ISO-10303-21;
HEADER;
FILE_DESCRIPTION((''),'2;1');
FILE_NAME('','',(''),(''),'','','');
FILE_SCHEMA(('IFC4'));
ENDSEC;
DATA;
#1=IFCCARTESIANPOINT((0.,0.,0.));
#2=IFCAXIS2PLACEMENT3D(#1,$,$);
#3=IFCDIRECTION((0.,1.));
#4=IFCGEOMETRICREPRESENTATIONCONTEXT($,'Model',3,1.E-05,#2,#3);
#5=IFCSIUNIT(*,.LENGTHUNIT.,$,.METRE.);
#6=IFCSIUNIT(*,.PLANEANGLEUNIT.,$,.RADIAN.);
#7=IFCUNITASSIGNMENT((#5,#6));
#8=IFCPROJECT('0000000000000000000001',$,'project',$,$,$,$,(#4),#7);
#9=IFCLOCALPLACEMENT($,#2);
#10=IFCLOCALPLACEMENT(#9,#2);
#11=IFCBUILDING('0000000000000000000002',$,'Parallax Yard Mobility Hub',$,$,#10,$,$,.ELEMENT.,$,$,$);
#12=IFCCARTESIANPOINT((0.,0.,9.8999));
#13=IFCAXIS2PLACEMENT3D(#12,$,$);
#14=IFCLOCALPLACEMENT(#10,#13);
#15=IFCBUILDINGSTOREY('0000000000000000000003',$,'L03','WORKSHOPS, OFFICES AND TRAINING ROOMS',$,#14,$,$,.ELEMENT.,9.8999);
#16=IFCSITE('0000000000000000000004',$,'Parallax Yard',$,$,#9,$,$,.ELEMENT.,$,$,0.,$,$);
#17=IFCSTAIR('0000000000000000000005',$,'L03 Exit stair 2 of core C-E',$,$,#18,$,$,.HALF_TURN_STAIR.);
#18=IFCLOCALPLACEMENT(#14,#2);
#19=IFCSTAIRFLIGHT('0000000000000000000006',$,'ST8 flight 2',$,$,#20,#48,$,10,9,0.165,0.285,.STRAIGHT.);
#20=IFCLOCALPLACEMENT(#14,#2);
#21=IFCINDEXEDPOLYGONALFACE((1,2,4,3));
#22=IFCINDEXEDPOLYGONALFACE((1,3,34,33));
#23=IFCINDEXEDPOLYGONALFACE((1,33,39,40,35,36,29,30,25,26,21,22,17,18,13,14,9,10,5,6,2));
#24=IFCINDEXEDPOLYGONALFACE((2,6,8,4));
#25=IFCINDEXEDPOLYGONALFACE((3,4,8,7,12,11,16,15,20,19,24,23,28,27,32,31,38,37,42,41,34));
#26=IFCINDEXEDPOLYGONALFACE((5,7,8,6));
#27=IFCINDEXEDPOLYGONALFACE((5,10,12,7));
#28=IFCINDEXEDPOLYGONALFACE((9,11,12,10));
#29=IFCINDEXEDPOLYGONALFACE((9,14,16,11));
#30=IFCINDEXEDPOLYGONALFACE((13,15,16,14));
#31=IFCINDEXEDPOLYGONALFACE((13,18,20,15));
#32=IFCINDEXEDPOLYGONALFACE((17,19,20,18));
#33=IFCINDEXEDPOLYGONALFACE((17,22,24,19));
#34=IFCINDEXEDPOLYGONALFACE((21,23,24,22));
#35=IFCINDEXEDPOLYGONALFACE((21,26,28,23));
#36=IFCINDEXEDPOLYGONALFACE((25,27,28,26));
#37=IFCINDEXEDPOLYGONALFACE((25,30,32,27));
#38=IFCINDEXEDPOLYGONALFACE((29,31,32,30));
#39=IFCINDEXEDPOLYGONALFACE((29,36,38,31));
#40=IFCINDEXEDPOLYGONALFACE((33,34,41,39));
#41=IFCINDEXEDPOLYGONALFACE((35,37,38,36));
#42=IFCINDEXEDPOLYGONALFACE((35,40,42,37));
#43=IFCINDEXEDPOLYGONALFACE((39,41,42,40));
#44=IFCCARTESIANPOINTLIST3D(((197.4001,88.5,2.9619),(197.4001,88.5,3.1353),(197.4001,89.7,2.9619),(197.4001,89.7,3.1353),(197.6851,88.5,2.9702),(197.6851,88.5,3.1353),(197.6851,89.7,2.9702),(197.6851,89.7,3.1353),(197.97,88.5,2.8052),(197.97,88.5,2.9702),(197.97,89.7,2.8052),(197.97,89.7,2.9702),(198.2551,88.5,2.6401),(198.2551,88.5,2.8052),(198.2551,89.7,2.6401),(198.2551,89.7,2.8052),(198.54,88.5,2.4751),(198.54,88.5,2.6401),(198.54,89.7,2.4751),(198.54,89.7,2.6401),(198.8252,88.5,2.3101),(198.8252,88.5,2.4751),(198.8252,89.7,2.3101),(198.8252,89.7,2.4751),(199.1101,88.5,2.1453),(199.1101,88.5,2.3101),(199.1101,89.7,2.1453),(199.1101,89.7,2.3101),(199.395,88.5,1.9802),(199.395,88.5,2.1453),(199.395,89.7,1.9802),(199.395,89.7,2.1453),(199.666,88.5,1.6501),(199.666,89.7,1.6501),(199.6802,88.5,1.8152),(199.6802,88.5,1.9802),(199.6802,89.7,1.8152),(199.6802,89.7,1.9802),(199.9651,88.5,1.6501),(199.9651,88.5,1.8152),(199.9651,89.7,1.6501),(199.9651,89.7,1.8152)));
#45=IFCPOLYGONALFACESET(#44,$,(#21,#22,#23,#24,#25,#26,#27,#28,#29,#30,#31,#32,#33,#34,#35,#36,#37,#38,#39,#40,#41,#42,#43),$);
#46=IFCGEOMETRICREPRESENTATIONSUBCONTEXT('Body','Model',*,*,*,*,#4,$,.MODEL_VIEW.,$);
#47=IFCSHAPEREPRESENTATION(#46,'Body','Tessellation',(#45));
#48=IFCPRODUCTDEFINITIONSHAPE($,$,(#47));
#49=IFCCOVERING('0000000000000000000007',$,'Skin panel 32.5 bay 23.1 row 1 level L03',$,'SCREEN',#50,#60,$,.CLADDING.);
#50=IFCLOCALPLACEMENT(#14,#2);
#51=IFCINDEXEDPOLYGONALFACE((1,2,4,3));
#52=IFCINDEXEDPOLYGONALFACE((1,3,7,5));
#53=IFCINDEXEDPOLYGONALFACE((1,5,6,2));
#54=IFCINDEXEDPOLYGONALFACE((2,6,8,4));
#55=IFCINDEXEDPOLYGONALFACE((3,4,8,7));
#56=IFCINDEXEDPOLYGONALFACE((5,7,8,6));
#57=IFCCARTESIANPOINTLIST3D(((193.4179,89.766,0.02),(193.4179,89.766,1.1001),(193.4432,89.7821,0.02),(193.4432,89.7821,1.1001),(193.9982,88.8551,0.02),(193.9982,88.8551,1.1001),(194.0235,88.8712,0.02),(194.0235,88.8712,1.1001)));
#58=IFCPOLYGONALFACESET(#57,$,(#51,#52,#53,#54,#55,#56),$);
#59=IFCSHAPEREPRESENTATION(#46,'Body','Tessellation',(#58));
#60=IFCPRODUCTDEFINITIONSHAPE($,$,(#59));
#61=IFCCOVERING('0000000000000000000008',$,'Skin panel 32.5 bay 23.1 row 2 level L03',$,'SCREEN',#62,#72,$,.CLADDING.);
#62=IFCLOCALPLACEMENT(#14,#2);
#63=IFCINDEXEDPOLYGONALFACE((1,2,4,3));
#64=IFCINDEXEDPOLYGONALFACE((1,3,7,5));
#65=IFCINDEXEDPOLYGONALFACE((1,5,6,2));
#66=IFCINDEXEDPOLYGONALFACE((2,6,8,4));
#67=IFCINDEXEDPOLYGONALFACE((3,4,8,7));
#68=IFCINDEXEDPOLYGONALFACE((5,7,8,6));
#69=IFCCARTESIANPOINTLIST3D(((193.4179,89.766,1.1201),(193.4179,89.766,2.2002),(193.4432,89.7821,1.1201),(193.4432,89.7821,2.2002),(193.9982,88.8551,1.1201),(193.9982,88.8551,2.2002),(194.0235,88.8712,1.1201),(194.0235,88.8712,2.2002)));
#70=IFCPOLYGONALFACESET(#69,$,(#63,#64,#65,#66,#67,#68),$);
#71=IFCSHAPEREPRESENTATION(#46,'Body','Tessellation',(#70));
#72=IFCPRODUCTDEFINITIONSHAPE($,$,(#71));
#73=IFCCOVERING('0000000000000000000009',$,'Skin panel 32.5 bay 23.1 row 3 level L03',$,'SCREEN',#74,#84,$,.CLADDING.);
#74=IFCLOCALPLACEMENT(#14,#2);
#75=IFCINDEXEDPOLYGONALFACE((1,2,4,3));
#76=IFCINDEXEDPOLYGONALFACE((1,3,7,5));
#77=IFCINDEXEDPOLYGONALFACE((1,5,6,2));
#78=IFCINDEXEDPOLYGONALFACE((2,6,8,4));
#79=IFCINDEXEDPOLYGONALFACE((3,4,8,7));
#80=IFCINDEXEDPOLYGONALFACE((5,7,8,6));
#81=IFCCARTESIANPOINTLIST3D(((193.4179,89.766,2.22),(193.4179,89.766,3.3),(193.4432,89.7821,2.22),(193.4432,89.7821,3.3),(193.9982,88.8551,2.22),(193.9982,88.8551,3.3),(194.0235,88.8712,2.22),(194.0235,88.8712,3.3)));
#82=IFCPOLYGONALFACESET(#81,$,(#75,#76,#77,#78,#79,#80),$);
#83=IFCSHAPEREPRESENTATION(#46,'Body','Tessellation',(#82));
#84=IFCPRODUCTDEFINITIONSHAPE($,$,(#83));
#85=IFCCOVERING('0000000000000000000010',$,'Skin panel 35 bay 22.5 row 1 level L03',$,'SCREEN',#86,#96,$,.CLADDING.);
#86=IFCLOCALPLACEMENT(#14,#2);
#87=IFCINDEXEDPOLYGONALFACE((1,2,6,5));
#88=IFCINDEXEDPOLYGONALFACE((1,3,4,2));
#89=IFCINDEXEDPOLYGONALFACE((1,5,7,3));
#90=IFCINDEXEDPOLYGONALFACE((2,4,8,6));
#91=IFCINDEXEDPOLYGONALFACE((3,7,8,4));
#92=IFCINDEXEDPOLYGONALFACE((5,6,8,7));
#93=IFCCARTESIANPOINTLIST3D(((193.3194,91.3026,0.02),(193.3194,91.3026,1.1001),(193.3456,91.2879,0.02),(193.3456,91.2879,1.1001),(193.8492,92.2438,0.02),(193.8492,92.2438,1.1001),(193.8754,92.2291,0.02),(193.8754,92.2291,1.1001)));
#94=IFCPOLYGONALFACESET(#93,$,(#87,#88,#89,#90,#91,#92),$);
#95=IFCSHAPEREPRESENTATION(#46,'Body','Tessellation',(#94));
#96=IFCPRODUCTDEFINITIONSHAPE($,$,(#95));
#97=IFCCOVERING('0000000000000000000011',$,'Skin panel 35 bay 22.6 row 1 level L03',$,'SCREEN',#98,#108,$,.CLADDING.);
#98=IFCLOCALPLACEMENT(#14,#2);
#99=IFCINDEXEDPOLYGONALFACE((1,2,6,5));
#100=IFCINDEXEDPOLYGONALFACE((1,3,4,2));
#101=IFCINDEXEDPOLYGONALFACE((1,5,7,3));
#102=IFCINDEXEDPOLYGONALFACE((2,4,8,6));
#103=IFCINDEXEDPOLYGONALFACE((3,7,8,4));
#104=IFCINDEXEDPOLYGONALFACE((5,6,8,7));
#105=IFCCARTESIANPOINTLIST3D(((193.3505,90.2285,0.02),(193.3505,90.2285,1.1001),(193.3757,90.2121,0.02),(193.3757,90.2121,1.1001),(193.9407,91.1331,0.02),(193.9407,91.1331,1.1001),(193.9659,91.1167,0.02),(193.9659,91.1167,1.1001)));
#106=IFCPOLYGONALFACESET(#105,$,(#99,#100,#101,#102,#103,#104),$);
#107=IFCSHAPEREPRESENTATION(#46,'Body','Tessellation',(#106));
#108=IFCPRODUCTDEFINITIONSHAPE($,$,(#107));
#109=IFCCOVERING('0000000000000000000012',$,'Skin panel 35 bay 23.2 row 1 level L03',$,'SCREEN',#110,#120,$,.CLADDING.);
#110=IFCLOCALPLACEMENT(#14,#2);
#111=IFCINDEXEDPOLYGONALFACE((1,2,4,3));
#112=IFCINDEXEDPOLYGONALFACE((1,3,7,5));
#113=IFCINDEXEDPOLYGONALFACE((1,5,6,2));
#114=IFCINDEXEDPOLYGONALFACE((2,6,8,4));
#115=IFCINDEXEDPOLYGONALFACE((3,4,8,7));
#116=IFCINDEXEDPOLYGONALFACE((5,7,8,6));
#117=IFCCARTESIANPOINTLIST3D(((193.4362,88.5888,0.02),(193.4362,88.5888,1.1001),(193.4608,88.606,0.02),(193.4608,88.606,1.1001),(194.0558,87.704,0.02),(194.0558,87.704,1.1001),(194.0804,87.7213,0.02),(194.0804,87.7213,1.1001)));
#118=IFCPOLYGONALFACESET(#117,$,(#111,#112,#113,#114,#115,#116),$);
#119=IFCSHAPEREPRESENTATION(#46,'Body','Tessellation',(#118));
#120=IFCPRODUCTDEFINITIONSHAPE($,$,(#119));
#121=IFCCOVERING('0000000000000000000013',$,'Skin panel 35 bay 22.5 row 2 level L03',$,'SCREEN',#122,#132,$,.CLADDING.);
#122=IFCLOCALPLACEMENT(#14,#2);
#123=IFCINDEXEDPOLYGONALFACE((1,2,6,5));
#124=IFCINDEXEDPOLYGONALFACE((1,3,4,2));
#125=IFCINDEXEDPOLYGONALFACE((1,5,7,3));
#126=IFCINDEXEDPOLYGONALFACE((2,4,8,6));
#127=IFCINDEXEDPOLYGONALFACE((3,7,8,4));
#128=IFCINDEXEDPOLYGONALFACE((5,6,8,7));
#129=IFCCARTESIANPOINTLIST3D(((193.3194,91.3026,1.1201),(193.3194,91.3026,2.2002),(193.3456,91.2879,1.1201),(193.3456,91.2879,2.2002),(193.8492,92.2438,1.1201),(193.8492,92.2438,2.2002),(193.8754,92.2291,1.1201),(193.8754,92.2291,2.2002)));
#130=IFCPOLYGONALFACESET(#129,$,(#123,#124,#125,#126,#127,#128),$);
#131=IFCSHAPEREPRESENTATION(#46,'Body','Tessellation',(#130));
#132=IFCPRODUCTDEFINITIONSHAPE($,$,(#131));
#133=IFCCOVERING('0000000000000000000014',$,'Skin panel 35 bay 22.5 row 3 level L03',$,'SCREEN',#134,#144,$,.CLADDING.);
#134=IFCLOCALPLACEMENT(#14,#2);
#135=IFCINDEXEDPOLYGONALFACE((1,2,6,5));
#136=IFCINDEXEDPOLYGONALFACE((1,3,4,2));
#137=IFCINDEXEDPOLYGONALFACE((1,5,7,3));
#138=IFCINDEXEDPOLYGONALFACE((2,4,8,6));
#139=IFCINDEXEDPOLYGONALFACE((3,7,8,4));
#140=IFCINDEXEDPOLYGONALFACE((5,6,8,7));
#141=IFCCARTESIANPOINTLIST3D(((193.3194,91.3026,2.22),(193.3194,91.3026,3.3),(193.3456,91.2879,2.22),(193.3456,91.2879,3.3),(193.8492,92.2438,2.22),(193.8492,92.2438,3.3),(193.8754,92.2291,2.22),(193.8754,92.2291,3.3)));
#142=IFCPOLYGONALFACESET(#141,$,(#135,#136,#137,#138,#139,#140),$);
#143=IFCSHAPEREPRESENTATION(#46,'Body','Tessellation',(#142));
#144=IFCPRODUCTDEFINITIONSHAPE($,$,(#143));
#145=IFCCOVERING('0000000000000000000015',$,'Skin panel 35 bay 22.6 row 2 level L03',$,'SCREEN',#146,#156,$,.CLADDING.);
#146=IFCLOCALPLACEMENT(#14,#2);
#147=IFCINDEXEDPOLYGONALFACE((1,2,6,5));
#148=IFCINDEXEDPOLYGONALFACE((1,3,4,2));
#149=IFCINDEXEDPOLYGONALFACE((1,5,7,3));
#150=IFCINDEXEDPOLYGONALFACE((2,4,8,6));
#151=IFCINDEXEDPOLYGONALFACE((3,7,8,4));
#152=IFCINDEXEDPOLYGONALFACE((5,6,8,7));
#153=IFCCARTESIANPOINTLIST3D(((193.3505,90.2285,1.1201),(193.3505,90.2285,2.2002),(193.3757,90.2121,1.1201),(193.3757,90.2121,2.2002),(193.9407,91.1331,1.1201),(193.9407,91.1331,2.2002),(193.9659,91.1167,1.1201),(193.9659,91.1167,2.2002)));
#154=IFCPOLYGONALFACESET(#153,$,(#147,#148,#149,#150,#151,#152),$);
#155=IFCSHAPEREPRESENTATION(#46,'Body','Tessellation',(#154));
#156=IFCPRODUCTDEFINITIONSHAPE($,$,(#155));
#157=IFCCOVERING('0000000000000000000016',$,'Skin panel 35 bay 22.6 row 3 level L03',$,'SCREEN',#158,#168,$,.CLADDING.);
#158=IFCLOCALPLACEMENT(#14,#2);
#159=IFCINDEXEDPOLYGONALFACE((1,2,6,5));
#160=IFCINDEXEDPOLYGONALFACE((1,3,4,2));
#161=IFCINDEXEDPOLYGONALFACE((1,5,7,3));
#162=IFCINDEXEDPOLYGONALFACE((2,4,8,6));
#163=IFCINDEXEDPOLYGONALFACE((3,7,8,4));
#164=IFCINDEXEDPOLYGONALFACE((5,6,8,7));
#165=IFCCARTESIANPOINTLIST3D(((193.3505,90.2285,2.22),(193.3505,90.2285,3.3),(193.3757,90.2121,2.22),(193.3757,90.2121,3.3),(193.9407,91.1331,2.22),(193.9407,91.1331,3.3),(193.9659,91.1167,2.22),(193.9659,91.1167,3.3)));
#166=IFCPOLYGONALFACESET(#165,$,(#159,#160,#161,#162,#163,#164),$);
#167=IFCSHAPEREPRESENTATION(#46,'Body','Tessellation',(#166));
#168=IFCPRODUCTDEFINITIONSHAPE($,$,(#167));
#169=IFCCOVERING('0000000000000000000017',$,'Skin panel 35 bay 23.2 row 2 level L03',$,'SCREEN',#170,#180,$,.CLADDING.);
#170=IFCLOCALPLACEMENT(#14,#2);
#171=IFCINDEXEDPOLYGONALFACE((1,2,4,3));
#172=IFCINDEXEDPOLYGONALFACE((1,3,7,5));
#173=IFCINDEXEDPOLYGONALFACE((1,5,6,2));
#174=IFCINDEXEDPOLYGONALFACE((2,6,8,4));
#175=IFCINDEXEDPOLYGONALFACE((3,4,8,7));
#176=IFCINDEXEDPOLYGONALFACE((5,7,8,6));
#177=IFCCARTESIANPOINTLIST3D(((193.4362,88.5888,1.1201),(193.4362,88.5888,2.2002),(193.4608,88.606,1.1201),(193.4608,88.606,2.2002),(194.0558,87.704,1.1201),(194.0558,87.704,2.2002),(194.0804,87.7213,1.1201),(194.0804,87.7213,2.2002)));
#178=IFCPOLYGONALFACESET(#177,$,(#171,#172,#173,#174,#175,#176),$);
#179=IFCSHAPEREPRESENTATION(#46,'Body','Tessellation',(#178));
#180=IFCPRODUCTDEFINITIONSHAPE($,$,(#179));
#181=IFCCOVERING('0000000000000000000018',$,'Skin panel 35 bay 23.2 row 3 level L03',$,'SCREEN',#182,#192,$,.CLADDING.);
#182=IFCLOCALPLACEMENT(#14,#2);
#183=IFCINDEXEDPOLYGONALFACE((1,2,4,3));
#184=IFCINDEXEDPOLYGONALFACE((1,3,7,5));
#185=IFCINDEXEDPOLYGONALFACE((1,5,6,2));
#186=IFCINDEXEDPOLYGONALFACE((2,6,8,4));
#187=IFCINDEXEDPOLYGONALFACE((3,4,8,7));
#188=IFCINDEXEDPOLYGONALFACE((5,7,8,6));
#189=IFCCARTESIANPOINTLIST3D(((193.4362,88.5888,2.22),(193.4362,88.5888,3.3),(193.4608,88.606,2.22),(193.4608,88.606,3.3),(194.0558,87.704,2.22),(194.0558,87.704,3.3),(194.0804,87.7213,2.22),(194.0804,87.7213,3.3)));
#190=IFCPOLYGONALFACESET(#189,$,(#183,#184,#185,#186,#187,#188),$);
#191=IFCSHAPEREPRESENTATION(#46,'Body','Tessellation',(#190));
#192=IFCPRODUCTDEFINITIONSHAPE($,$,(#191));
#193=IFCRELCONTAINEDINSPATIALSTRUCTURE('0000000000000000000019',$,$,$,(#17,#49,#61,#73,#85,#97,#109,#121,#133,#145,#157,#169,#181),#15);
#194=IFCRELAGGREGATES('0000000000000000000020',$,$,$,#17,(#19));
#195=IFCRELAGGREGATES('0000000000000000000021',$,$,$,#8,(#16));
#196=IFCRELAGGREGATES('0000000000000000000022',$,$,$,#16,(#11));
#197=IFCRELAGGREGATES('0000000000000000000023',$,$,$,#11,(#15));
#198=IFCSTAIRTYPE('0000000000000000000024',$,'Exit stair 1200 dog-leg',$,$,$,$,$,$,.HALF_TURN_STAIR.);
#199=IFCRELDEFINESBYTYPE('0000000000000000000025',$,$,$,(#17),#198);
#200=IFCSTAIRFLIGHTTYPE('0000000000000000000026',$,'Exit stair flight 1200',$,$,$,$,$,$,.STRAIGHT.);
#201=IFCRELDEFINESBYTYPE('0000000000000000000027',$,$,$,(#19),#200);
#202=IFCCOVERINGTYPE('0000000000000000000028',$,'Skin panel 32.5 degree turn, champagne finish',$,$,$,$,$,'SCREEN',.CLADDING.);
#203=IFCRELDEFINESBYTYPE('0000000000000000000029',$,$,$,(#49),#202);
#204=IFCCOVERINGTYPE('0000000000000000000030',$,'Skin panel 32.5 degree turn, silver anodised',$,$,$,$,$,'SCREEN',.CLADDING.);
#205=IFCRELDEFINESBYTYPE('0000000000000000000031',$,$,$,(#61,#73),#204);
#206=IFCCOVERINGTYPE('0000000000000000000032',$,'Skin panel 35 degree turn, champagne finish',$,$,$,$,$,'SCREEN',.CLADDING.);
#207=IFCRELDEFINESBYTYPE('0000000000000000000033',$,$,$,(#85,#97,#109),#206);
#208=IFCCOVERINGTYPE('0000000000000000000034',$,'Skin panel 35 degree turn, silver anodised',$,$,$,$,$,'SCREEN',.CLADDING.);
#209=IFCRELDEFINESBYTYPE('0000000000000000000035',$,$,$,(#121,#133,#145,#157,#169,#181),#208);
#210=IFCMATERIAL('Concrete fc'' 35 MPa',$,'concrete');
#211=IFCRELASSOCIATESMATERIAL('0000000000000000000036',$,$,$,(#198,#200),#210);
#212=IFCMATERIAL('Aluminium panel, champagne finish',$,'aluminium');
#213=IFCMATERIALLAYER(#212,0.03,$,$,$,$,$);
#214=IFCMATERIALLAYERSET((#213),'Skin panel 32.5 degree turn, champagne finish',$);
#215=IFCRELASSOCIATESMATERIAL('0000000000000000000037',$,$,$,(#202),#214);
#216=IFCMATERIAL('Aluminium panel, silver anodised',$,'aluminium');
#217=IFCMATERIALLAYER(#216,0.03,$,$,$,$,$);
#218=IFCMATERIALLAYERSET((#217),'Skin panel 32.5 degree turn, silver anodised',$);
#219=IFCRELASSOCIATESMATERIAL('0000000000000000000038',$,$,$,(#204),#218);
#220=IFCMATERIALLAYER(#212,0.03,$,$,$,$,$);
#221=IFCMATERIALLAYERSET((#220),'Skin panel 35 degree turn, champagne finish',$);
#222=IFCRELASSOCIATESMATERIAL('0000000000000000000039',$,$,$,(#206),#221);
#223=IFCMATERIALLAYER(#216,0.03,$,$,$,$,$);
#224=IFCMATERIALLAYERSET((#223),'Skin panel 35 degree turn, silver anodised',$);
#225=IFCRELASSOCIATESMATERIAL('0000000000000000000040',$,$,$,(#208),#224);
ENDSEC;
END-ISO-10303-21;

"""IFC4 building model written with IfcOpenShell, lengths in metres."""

from ifc_helpers import new_model, si_unit, direction, frame, origin, origin_2d, place, context, subcontext, project, spatial, polyline, rectangle, outline, extrude, material, layer, layer_set, type_object, element, aggregate, save


model = new_model("IFC4")

# Units and contexts
model_context = context("Model", 3, precision=1e-05, world=origin(), true_north=direction((0.0, 1.0)))
body_context = subcontext(model_context, "Body", "Model", "MODEL_VIEW")
ifc_project = project(units=[si_unit("LENGTHUNIT", "METRE"), si_unit("PLANEANGLEUNIT", "RADIAN")], contexts=[model_context])

# Site, building, storey
site_placement = place(None, origin())
site = spatial("IfcSite", under=ifc_project, at=site_placement, Name="Parallax Yard", CompositionType="ELEMENT", RefElevation=0.0)
building_placement = place(site_placement, origin())
building = spatial("IfcBuilding", under=site, at=building_placement, Name="Parallax Yard Mobility Hub", CompositionType="ELEMENT")
storey_placement = place(building_placement, frame((0.0, 0.0, 9.8999)))
storey = spatial("IfcBuildingStorey", under=building, at=storey_placement, Name="L03", Description="WORKSHOPS, OFFICES AND TRAINING ROOMS", CompositionType="ELEMENT", Elevation=9.8999)

# Shared definitions
ifc_material_1 = material(Name="Concrete fc' 35 MPa", Category="concrete")

# Stair, stair flight
stair_type = type_object("IfcStairType", Name="Exit stair 1200 dog-leg", PredefinedType="HALF_TURN_STAIR", material=ifc_material_1)
stair_placement = place(storey_placement, origin())
stair = element("IfcStair", 1, at=stair_placement, inside=storey, type_object=stair_type, Name="L03 Exit stair 2 of core C-E", PredefinedType="HALF_TURN_STAIR")
stair_flight_type = type_object("IfcStairFlightType", Name="Exit stair flight 1200", PredefinedType="STRAIGHT", material=ifc_material_1)
stair_flight_placement = place(storey_placement, frame((199.9651, 89.1001, 1.6501), z_axis=(0.0, 0.0, 1.0), x_axis=(-1.0, 0.0, 0.0)))
stair_flight = element("IfcStairFlight", 2, at=stair_flight_placement, type_object=stair_flight_type, Name="ST8 flight 2", NumberOfRisers=10, NumberOfTreads=9, PredefinedType="STRAIGHT", RiserHeight=0.165, TreadLength=0.285, context=body_context, shape_type="SweptSolid", body=[
    extrude(outline(polyline([(0.0, 0.0), (0.0, 0.165), (0.2849, 0.165), (0.2849, 0.3301), (0.5701, 0.3301), (0.5701, 0.4951), (0.855, 0.4951), (0.855, 0.6599), (1.1399, 0.6599), (1.1399, 0.825), (1.425, 0.825), (1.425, 0.99), (1.71, 0.99), (1.71, 1.155), (1.9951, 1.155), (1.9951, 1.3201), (2.28, 1.3201), (2.28, 1.4851), (2.5649, 1.4851), (2.5649, 1.6499), (2.5649, 1.3118), (0.2991, 0.0), (0.0, 0.0)])), frame((0.0, 0.6001, 0.0), z_axis=(0.0, -1.0, 0.0), x_axis=(1.0, 0.0, 0.0)), (0.0, 0.0, 1.0), 1.2),
])
aggregate(stair, [stair_flight])

# Coverings
ifc_material_2 = material(Name="Aluminium panel, champagne finish", Category="aluminium")
ifc_layer_1 = layer(ifc_material_2, 0.03)
ifc_layer_set_1 = layer_set([ifc_layer_1], Name="Skin panel 32.5 degree turn, champagne finish")
covering_type_1 = type_object("IfcCoveringType", Name="Skin panel 32.5 degree turn, champagne finish", ElementType="SCREEN", PredefinedType="CLADDING", material=ifc_layer_set_1)
covering_placement = place(storey_placement, frame((193.7207, 89.3186, 0.02), z_axis=(0.0, 0.0, 1.0), x_axis=(-0.5373, 0.843391, 0.0)))
element("IfcCovering", 3, at=covering_placement, inside=storey, type_object=covering_type_1, Name="Skin panel 32.5 bay 23.1 row 1 level L03", ObjectType="SCREEN", PredefinedType="CLADDING", context=body_context, shape_type="SweptSolid", body=[
    extrude(rectangle(XDim=1.0801, YDim=0.03, at=origin_2d()), origin(), (0.0, 0.0, 1.0), 1.0801),
])
ifc_material_3 = material(Name="Aluminium panel, silver anodised", Category="aluminium")
ifc_layer_2 = layer(ifc_material_3, 0.03)
ifc_layer_set_2 = layer_set([ifc_layer_2], Name="Skin panel 32.5 degree turn, silver anodised")
covering_type_2 = type_object("IfcCoveringType", Name="Skin panel 32.5 degree turn, silver anodised", ElementType="SCREEN", PredefinedType="CLADDING", material=ifc_layer_set_2)
for number, where, z_axis, x_axis, name in (
    (4, (193.7207, 89.3186, 1.1201), (0.0, 0.0, 1.0), (-0.5373, 0.843391, 0.0), "Skin panel 32.5 bay 23.1 row 2 level L03"),
    (5, (193.7207, 89.3186, 2.22), (0.0, 0.0, 1.0), (-0.5373, 0.843391, 0.0), "Skin panel 32.5 bay 23.1 row 3 level L03"),
):
    element("IfcCovering", number, at=place(storey_placement, frame(where, z_axis=z_axis, x_axis=x_axis)), inside=storey, type_object=covering_type_2, Name=name, ObjectType="SCREEN", PredefinedType="CLADDING", context=body_context, shape_type="SweptSolid", body=[
        extrude(rectangle(XDim=1.0801, YDim=0.03, at=origin_2d()), origin(), (0.0, 0.0, 1.0), 1.0801),
    ])
ifc_layer_3 = layer(ifc_material_2, 0.03)
ifc_layer_set_3 = layer_set([ifc_layer_3], Name="Skin panel 35 degree turn, champagne finish")
covering_type_3 = type_object("IfcCoveringType", Name="Skin panel 35 degree turn, champagne finish", ElementType="SCREEN", PredefinedType="CLADDING", material=ifc_layer_set_3)
for number, where, z_axis, x_axis, name in (
    (6, (193.5974, 91.7659, 0.02), (0.0, 0.0, 1.0), (-0.490524, -0.871428, 0.0), "Skin panel 35 bay 22.5 row 1 level L03"),
    (7, (193.6582, 90.6726, 0.02), (0.0, 0.0, 1.0), (-0.546467, -0.83748, 0.0), "Skin panel 35 bay 22.6 row 1 level L03"),
    (8, (193.7583, 88.155, 0.02), (0.0, 0.0, 1.0), (-0.573576, 0.819152, 0.0), "Skin panel 35 bay 23.2 row 1 level L03"),
):
    element("IfcCovering", number, at=place(storey_placement, frame(where, z_axis=z_axis, x_axis=x_axis)), inside=storey, type_object=covering_type_3, Name=name, ObjectType="SCREEN", PredefinedType="CLADDING", context=body_context, shape_type="SweptSolid", body=[
        extrude(rectangle(XDim=1.0801, YDim=0.03, at=origin_2d()), origin(), (0.0, 0.0, 1.0), 1.0801),
    ])
ifc_layer_4 = layer(ifc_material_3, 0.03)
ifc_layer_set_4 = layer_set([ifc_layer_4], Name="Skin panel 35 degree turn, silver anodised")
covering_type_4 = type_object("IfcCoveringType", Name="Skin panel 35 degree turn, silver anodised", ElementType="SCREEN", PredefinedType="CLADDING", material=ifc_layer_set_4)
for number, where, z_axis, x_axis, name in (
    (9, (193.5974, 91.7659, 1.1201), (0.0, 0.0, 1.0), (-0.490524, -0.871428, 0.0), "Skin panel 35 bay 22.5 row 2 level L03"),
    (10, (193.5974, 91.7659, 2.22), (0.0, 0.0, 1.0), (-0.490524, -0.871428, 0.0), "Skin panel 35 bay 22.5 row 3 level L03"),
    (11, (193.6582, 90.6726, 1.1201), (0.0, 0.0, 1.0), (-0.546467, -0.83748, 0.0), "Skin panel 35 bay 22.6 row 2 level L03"),
    (12, (193.6582, 90.6726, 2.22), (0.0, 0.0, 1.0), (-0.546467, -0.83748, 0.0), "Skin panel 35 bay 22.6 row 3 level L03"),
    (13, (193.7583, 88.155, 1.1201), (0.0, 0.0, 1.0), (-0.573576, 0.819152, 0.0), "Skin panel 35 bay 23.2 row 2 level L03"),
    (14, (193.7583, 88.155, 2.22), (0.0, 0.0, 1.0), (-0.573576, 0.819152, 0.0), "Skin panel 35 bay 23.2 row 3 level L03"),
):
    element("IfcCovering", number, at=place(storey_placement, frame(where, z_axis=z_axis, x_axis=x_axis)), inside=storey, type_object=covering_type_4, Name=name, ObjectType="SCREEN", PredefinedType="CLADDING", context=body_context, shape_type="SweptSolid", body=[
        extrude(rectangle(XDim=1.0801, YDim=0.03, at=origin_2d()), origin(), (0.0, 0.0, 1.0), 1.0801),
    ])

save(model, "model.ifc")
